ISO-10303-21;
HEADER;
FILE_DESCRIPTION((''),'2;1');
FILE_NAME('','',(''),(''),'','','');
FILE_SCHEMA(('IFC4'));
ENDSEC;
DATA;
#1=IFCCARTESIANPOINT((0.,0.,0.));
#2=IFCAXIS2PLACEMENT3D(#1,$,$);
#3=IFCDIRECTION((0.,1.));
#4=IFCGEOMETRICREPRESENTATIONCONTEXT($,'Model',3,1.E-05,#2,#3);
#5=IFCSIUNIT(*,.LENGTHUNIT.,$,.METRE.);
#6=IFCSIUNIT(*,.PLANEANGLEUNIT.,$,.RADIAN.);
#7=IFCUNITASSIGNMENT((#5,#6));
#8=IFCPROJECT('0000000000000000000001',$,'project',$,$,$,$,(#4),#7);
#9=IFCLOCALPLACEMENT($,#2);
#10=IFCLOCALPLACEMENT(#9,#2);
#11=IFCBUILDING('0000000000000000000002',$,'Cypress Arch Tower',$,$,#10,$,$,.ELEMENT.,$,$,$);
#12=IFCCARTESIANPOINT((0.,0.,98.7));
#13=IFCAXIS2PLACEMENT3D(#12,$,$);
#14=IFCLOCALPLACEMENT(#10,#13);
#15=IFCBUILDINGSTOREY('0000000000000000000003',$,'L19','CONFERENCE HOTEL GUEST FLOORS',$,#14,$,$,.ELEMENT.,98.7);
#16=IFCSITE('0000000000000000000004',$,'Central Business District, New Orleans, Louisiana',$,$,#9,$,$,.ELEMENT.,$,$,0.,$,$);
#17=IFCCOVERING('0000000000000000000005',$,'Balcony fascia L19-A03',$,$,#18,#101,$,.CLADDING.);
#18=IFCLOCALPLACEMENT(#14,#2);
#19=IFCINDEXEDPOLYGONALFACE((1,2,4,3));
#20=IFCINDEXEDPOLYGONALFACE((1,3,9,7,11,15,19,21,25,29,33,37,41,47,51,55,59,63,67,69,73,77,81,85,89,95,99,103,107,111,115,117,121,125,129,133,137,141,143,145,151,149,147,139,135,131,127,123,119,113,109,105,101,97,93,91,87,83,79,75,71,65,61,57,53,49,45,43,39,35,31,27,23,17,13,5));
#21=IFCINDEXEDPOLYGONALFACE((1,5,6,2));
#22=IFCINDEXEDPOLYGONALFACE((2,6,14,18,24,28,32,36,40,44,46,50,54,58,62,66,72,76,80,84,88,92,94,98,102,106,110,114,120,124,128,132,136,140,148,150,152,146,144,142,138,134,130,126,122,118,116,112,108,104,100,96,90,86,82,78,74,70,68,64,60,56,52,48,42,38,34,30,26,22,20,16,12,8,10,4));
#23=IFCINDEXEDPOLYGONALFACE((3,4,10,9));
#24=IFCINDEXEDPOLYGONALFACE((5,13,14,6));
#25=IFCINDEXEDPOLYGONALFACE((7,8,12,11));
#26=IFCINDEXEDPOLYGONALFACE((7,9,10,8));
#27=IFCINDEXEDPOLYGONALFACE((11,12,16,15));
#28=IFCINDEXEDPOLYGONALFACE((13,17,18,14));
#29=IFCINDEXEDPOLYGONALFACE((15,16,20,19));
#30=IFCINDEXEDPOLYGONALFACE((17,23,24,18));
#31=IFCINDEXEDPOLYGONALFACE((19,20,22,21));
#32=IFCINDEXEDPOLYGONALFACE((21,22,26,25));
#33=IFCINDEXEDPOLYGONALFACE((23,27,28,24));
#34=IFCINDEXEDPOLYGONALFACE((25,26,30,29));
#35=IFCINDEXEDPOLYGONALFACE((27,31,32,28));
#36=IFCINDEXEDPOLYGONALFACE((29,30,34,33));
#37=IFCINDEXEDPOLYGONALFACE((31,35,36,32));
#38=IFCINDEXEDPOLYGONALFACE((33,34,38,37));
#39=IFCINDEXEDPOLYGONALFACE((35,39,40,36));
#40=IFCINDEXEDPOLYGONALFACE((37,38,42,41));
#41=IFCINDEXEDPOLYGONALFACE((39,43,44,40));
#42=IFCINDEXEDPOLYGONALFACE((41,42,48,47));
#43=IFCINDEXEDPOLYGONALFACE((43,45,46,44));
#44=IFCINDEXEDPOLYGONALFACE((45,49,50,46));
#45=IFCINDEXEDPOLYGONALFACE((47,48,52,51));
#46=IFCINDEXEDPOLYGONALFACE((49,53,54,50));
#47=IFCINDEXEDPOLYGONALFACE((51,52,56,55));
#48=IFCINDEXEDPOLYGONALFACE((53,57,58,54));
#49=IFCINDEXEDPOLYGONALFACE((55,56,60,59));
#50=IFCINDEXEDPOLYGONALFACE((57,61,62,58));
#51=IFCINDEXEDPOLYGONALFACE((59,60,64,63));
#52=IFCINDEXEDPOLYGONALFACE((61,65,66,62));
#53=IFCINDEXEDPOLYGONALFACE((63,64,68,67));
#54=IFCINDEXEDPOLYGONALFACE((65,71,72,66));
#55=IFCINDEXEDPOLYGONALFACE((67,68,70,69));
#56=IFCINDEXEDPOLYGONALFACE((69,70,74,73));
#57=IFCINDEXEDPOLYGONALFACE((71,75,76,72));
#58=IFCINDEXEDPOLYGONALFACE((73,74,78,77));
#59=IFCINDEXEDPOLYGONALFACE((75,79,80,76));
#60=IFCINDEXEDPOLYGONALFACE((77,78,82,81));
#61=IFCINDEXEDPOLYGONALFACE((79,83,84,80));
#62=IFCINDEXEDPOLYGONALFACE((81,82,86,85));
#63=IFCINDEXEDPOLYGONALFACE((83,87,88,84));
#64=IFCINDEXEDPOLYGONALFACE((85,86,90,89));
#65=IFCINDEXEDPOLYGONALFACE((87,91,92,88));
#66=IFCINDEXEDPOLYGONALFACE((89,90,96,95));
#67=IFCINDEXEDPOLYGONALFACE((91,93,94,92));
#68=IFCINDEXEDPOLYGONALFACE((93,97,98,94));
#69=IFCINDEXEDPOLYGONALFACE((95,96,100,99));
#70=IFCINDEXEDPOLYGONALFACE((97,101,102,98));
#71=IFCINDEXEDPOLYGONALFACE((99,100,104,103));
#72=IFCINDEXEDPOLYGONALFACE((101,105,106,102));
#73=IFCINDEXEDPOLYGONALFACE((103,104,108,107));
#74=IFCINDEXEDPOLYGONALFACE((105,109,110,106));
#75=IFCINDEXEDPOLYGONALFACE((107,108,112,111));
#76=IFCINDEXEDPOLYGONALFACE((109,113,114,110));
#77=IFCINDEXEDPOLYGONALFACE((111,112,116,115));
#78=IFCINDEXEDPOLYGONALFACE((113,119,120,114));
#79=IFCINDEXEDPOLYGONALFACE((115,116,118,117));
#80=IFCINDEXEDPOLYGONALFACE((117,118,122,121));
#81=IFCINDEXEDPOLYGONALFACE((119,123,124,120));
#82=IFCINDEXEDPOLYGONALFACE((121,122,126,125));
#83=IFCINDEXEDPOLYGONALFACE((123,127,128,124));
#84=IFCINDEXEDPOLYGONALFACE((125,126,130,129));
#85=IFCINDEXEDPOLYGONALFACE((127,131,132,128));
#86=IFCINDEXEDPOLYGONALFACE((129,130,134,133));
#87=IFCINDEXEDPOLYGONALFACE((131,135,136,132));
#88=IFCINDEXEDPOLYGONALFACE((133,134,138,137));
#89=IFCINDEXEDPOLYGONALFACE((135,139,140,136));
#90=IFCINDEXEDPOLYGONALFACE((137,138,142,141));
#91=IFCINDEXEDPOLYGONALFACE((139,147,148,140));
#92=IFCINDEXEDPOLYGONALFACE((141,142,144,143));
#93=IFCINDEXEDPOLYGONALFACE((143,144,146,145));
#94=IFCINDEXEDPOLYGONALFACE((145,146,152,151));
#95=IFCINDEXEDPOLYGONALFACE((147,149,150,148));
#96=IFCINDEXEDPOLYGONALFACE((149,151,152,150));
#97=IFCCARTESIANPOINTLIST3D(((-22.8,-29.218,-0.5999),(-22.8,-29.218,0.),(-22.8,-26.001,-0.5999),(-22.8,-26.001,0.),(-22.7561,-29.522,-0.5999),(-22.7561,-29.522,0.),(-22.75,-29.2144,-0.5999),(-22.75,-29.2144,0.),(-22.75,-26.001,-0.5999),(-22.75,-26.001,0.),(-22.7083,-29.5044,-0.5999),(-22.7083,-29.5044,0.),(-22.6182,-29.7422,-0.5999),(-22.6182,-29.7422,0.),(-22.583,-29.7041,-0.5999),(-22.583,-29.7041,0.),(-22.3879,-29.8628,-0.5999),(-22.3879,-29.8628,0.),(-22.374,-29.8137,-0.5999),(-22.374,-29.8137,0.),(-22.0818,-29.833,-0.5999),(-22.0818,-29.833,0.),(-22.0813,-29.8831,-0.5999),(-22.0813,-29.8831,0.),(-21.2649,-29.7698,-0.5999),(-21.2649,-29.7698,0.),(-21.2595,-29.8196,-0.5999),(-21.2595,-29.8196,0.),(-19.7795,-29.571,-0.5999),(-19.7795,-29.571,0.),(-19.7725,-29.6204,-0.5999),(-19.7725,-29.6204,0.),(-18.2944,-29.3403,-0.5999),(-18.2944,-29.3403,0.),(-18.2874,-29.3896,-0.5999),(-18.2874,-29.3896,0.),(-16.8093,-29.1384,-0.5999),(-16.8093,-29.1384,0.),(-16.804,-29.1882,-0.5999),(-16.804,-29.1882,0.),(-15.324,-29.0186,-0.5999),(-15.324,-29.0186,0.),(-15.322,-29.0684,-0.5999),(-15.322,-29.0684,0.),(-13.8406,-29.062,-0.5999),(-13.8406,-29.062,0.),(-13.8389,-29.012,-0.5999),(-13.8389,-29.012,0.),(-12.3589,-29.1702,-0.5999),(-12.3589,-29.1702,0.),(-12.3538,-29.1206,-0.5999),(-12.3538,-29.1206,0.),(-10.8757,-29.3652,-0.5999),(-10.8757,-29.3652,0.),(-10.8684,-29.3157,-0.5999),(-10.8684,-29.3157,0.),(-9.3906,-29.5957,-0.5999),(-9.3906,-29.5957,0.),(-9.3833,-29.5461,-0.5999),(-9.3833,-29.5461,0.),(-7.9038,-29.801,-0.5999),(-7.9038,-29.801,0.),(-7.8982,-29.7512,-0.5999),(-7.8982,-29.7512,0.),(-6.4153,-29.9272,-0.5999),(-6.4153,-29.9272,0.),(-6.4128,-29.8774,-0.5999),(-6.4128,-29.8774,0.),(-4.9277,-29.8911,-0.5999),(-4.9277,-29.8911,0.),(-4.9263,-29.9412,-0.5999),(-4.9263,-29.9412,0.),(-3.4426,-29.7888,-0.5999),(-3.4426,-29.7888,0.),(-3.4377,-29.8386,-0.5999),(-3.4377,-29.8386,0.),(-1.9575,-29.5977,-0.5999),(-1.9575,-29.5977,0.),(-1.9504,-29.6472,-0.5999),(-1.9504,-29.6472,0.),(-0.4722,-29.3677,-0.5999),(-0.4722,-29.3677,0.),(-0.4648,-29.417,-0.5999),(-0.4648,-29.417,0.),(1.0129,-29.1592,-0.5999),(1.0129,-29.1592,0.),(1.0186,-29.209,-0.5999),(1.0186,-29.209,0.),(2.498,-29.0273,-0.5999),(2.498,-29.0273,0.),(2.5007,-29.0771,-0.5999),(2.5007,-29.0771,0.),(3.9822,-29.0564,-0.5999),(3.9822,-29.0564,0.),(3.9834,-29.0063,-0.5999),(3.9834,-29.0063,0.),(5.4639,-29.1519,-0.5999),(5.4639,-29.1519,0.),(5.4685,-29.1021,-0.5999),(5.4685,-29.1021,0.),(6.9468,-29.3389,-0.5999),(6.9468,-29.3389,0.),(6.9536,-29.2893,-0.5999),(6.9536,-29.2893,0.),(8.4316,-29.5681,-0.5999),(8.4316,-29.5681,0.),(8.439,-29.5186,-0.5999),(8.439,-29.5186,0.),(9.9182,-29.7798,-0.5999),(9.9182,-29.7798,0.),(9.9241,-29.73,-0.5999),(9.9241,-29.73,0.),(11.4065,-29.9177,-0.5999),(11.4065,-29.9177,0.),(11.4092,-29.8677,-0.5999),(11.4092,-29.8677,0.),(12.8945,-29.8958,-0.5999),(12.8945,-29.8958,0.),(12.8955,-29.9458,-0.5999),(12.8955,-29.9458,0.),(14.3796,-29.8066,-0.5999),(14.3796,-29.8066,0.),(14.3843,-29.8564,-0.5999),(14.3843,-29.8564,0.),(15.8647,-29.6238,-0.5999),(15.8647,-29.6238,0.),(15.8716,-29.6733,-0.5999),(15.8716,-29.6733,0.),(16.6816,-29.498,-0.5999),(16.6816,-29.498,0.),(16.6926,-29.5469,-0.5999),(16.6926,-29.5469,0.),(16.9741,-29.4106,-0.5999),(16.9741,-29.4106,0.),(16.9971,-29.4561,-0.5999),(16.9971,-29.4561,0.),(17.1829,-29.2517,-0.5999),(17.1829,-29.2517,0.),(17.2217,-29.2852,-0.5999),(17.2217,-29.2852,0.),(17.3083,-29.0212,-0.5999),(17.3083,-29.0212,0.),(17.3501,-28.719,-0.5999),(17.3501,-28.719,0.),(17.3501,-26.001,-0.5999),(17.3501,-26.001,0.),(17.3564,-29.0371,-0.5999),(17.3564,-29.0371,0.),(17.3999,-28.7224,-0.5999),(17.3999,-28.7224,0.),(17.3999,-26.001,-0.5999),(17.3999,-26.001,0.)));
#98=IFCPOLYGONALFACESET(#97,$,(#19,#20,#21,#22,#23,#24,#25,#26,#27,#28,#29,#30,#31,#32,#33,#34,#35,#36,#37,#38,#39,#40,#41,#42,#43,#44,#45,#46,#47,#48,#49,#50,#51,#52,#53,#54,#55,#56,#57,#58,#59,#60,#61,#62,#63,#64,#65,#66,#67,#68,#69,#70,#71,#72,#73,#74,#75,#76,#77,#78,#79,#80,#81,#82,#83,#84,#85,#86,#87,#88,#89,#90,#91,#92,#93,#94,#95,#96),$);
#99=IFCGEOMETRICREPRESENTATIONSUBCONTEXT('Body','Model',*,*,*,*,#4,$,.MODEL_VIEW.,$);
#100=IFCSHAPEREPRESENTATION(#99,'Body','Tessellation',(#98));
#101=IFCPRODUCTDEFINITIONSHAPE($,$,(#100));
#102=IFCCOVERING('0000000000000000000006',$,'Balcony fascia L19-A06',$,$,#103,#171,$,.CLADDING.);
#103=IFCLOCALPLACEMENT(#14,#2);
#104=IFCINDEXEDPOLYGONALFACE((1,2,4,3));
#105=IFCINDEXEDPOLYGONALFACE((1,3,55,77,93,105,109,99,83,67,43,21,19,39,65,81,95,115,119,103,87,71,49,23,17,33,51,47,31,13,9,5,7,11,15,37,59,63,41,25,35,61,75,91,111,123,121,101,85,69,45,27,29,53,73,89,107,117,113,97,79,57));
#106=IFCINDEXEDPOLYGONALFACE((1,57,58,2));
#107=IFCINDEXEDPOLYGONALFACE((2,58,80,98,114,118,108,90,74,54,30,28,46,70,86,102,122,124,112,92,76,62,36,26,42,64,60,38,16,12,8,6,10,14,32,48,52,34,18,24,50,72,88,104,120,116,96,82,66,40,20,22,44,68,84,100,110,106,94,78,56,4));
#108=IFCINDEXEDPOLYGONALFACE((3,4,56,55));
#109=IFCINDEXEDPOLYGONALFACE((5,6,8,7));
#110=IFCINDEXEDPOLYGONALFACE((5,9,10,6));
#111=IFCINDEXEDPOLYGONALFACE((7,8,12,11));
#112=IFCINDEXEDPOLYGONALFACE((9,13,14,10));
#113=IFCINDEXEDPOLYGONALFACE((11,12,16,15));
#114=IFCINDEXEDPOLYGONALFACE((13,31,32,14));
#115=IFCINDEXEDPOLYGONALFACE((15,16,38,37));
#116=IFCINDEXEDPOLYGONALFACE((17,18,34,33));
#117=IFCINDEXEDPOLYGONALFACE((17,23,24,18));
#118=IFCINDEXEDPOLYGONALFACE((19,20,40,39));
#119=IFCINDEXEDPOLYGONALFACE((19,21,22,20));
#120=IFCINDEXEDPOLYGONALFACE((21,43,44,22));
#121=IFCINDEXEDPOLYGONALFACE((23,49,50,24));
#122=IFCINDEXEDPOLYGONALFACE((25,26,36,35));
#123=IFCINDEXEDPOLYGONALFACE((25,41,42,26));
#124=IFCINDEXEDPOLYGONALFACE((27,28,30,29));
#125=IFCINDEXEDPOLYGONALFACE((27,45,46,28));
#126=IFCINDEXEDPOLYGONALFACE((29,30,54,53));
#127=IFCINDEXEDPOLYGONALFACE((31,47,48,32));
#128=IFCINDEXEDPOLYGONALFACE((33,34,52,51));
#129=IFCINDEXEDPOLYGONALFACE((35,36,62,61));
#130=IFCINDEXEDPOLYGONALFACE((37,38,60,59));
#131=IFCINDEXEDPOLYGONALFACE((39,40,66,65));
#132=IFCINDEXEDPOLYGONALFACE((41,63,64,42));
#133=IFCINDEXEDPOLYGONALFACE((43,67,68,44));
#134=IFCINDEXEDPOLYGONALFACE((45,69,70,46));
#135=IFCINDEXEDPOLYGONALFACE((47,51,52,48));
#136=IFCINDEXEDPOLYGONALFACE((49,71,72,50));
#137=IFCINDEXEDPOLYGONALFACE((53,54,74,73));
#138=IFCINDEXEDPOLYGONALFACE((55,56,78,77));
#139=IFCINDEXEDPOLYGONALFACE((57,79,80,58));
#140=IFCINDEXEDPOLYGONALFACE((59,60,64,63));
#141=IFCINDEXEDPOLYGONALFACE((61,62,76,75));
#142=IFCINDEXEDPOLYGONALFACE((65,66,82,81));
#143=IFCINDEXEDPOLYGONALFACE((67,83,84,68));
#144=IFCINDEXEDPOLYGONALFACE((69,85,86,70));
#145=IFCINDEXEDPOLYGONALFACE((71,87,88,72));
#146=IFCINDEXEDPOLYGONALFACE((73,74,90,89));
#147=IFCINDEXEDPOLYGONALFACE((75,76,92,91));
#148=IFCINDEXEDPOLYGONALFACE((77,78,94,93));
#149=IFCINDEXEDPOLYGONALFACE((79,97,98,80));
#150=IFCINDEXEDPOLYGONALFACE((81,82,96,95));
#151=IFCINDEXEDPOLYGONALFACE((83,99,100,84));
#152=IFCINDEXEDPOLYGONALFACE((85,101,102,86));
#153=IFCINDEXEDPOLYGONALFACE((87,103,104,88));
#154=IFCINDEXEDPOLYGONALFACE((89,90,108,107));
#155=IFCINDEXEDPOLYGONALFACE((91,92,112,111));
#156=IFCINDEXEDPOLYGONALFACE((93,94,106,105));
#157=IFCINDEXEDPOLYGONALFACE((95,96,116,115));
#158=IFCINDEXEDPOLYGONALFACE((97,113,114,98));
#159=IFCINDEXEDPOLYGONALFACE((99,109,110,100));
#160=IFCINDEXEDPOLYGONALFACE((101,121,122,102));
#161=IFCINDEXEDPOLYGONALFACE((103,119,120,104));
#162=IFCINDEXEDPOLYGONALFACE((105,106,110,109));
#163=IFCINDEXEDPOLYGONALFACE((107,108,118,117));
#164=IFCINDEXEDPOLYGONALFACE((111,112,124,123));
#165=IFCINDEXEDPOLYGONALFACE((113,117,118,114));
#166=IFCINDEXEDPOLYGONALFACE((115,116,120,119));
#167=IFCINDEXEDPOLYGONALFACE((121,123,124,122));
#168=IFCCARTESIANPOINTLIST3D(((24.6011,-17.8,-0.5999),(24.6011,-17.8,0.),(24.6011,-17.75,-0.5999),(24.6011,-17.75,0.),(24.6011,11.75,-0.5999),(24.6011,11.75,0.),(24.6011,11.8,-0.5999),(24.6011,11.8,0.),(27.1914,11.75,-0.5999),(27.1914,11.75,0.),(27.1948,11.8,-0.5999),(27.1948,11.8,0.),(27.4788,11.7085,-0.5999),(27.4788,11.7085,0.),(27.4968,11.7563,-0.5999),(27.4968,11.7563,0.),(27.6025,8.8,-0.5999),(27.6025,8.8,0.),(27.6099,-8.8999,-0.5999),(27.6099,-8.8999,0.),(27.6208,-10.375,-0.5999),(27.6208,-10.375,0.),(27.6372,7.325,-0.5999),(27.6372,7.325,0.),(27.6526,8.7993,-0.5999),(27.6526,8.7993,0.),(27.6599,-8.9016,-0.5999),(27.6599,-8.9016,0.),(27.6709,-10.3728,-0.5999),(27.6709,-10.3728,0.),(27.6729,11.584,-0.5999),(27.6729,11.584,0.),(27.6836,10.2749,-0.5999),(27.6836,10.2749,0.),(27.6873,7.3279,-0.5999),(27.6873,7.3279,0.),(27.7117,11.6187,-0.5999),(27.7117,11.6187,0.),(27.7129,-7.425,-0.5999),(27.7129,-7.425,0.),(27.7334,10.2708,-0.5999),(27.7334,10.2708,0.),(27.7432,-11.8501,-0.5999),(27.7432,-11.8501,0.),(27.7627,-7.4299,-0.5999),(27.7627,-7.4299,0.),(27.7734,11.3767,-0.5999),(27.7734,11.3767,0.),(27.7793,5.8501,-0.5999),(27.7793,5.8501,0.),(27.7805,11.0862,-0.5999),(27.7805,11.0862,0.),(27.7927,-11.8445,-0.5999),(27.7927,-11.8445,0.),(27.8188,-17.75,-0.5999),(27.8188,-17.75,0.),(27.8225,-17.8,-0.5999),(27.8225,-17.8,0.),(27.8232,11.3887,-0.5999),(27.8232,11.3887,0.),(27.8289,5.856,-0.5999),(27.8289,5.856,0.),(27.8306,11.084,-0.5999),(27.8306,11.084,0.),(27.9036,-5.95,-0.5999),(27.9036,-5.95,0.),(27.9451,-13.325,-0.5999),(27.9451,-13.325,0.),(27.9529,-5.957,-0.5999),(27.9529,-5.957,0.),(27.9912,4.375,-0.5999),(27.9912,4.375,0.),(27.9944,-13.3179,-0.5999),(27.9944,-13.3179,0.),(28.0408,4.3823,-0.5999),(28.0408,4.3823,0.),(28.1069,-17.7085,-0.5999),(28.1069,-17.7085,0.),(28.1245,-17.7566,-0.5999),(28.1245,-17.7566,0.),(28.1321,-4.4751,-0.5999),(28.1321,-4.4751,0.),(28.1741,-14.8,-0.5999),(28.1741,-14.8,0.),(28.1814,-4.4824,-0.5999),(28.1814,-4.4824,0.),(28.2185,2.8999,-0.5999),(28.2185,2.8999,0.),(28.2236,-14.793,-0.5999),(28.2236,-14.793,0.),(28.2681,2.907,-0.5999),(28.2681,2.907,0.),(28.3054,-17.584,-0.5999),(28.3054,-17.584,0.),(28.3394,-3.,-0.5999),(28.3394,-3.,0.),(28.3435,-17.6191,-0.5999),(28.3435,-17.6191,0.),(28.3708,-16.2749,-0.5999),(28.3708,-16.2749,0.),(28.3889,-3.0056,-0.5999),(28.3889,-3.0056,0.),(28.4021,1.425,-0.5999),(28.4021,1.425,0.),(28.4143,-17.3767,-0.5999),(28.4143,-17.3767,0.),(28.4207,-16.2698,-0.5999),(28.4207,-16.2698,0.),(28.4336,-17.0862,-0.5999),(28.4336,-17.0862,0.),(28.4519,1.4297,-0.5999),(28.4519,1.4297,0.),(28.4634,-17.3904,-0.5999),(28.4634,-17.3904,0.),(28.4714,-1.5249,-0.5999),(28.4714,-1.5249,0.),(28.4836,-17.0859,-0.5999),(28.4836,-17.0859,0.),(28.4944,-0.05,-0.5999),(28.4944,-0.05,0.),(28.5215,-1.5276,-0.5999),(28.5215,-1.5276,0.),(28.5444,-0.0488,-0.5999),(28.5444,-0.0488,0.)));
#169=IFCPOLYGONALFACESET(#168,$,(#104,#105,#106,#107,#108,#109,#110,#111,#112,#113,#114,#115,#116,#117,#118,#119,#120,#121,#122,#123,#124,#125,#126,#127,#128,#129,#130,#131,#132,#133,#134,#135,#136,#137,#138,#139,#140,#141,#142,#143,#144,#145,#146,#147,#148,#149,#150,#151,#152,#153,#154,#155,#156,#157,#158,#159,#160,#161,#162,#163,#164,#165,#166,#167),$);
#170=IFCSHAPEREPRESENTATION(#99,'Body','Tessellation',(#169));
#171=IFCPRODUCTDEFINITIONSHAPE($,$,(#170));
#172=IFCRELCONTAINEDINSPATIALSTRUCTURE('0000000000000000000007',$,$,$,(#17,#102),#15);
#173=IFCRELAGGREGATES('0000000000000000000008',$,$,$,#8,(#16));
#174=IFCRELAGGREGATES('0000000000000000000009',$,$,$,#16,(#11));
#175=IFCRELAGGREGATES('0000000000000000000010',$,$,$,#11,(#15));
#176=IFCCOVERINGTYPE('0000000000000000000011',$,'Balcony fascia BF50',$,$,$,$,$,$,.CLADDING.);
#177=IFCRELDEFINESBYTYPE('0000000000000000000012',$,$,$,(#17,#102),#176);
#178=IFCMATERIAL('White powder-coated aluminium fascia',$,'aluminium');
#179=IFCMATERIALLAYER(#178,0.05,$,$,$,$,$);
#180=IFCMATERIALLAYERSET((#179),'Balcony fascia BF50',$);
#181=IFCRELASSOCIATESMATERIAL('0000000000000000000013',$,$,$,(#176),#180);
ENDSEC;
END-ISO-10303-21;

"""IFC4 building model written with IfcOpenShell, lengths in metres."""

from ifc_helpers import new_model, si_unit, direction, frame, origin, place, context, subcontext, project, spatial, polyline, outline, extrude, material, layer, layer_set, type_object, element, save


model = new_model("IFC4")

# Units and contexts
model_context = context("Model", 3, precision=1e-05, world=origin(), true_north=direction((0.0, 1.0)))
body_context = subcontext(model_context, "Body", "Model", "MODEL_VIEW")
ifc_project = project(units=[si_unit("LENGTHUNIT", "METRE"), si_unit("PLANEANGLEUNIT", "RADIAN")], contexts=[model_context])

# Site, building, storey
site_placement = place(None, origin())
site = spatial("IfcSite", under=ifc_project, at=site_placement, Name="Central Business District, New Orleans, Louisiana", CompositionType="ELEMENT", RefElevation=0.0)
building_placement = place(site_placement, origin())
building = spatial("IfcBuilding", under=site, at=building_placement, Name="Cypress Arch Tower", CompositionType="ELEMENT")
storey_placement = place(building_placement, frame((0.0, 0.0, 98.7)))
storey = spatial("IfcBuildingStorey", under=building, at=storey_placement, Name="L19", Description="CONFERENCE HOTEL GUEST FLOORS", CompositionType="ELEMENT", Elevation=98.7)

# Coverings
ifc_material_1 = material(Name="White powder-coated aluminium fascia", Category="aluminium")
ifc_layer_1 = layer(ifc_material_1, 0.05)
ifc_layer_set_1 = layer_set([ifc_layer_1], Name="Balcony fascia BF50")
covering_type_1 = type_object("IfcCoveringType", Name="Balcony fascia BF50", PredefinedType="CLADDING", material=ifc_layer_set_1)
covering_1_placement = place(storey_placement, frame((0.0, 0.0, -0.5999)))
element("IfcCovering", 1, at=covering_1_placement, inside=storey, type_object=covering_type_1, Name="Balcony fascia L19-A03", PredefinedType="CLADDING", context=body_context, shape_type="SweptSolid", body=[
    extrude(outline(polyline([(17.3999, -28.7224), (17.3564, -29.0371), (17.2217, -29.2852), (16.9971, -29.4561), (16.6926, -29.5469), (15.8716, -29.6733), (14.3843, -29.8564), (12.8955, -29.9458), (11.4065, -29.9177), (9.9182, -29.7798), (8.4316, -29.5681), (6.9468, -29.3389), (5.4639, -29.1519), (3.9822, -29.0564), (2.5007, -29.0771), (1.0186, -29.209), (-0.4648, -29.417), (-1.9504, -29.6472), (-3.4377, -29.8386), (-4.9263, -29.9412), (-6.4153, -29.9272), (-7.9038, -29.801), (-9.3906, -29.5957), (-10.8757, -29.3652), (-12.3589, -29.1702), (-13.8406, -29.062), (-15.322, -29.0684), (-16.804, -29.1882), (-18.2874, -29.3896), (-19.7725, -29.6204), (-21.2595, -29.8196), (-22.0813, -29.8831), (-22.3879, -29.8628), (-22.6182, -29.7422), (-22.7561, -29.522), (-22.8, -29.218), (-22.8, -26.001), (-22.75, -26.001), (-22.75, -29.2144), (-22.7083, -29.5044), (-22.583, -29.7041), (-22.374, -29.8137), (-22.0818, -29.833), (-21.2649, -29.7698), (-19.7795, -29.571), (-18.2944, -29.3403), (-16.8093, -29.1384), (-15.324, -29.0186), (-13.8389, -29.012), (-12.3538, -29.1206), (-10.8684, -29.3157), (-9.3833, -29.5461), (-7.8982, -29.7512), (-6.4128, -29.8774), (-4.9277, -29.8911), (-3.4426, -29.7888), (-1.9575, -29.5977), (-0.4722, -29.3677), (1.0129, -29.1592), (2.498, -29.0273), (3.9834, -29.0063), (5.4685, -29.1021), (6.9536, -29.2893), (8.439, -29.5186), (9.9241, -29.73), (11.4092, -29.8677), (12.8945, -29.8958), (14.3796, -29.8066), (15.8647, -29.6238), (16.6816, -29.498), (16.9741, -29.4106), (17.1829, -29.2517), (17.3083, -29.0212), (17.3501, -28.719), (17.3501, -26.001), (17.3999, -26.001), (17.3999, -28.7224)])), origin(), (0.0, 0.0, 1.0), 0.5999),
])
covering_2_placement = place(storey_placement, frame((0.0, 0.0, -0.5999)))
element("IfcCovering", 2, at=covering_2_placement, inside=storey, type_object=covering_type_1, Name="Balcony fascia L19-A06", PredefinedType="CLADDING", context=body_context, shape_type="SweptSolid", body=[
    extrude(outline(polyline([(27.1948, 11.8), (27.4968, 11.7563), (27.7117, 11.6187), (27.8232, 11.3887), (27.8306, 11.084), (27.7334, 10.2708), (27.6526, 8.7993), (27.6873, 7.3279), (27.8289, 5.856), (28.0408, 4.3823), (28.2681, 2.907), (28.4519, 1.4297), (28.5444, -0.0488), (28.5215, -1.5276), (28.3889, -3.0056), (28.1814, -4.4824), (27.9529, -5.957), (27.7627, -7.4299), (27.6599, -8.9016), (27.6709, -10.3728), (27.7927, -11.8445), (27.9944, -13.3179), (28.2236, -14.793), (28.4207, -16.2698), (28.4836, -17.0859), (28.4634, -17.3904), (28.3435, -17.6191), (28.1245, -17.7566), (27.8225, -17.8), (24.6011, -17.8), (24.6011, -17.75), (27.8188, -17.75), (28.1069, -17.7085), (28.3054, -17.584), (28.4143, -17.3767), (28.4336, -17.0862), (28.3708, -16.2749), (28.1741, -14.8), (27.9451, -13.325), (27.7432, -11.8501), (27.6208, -10.375), (27.6099, -8.8999), (27.7129, -7.425), (27.9036, -5.95), (28.1321, -4.4751), (28.3394, -3.0), (28.4714, -1.5249), (28.4944, -0.05), (28.4021, 1.425), (28.2185, 2.8999), (27.9912, 4.375), (27.7793, 5.8501), (27.6372, 7.325), (27.6025, 8.8), (27.6836, 10.2749), (27.7805, 11.0862), (27.7734, 11.3767), (27.6729, 11.584), (27.4788, 11.7085), (27.1914, 11.75), (24.6011, 11.75), (24.6011, 11.8), (27.1948, 11.8)])), origin(), (0.0, 0.0, 1.0), 0.5999),
])

save(model, "model.ifc")
